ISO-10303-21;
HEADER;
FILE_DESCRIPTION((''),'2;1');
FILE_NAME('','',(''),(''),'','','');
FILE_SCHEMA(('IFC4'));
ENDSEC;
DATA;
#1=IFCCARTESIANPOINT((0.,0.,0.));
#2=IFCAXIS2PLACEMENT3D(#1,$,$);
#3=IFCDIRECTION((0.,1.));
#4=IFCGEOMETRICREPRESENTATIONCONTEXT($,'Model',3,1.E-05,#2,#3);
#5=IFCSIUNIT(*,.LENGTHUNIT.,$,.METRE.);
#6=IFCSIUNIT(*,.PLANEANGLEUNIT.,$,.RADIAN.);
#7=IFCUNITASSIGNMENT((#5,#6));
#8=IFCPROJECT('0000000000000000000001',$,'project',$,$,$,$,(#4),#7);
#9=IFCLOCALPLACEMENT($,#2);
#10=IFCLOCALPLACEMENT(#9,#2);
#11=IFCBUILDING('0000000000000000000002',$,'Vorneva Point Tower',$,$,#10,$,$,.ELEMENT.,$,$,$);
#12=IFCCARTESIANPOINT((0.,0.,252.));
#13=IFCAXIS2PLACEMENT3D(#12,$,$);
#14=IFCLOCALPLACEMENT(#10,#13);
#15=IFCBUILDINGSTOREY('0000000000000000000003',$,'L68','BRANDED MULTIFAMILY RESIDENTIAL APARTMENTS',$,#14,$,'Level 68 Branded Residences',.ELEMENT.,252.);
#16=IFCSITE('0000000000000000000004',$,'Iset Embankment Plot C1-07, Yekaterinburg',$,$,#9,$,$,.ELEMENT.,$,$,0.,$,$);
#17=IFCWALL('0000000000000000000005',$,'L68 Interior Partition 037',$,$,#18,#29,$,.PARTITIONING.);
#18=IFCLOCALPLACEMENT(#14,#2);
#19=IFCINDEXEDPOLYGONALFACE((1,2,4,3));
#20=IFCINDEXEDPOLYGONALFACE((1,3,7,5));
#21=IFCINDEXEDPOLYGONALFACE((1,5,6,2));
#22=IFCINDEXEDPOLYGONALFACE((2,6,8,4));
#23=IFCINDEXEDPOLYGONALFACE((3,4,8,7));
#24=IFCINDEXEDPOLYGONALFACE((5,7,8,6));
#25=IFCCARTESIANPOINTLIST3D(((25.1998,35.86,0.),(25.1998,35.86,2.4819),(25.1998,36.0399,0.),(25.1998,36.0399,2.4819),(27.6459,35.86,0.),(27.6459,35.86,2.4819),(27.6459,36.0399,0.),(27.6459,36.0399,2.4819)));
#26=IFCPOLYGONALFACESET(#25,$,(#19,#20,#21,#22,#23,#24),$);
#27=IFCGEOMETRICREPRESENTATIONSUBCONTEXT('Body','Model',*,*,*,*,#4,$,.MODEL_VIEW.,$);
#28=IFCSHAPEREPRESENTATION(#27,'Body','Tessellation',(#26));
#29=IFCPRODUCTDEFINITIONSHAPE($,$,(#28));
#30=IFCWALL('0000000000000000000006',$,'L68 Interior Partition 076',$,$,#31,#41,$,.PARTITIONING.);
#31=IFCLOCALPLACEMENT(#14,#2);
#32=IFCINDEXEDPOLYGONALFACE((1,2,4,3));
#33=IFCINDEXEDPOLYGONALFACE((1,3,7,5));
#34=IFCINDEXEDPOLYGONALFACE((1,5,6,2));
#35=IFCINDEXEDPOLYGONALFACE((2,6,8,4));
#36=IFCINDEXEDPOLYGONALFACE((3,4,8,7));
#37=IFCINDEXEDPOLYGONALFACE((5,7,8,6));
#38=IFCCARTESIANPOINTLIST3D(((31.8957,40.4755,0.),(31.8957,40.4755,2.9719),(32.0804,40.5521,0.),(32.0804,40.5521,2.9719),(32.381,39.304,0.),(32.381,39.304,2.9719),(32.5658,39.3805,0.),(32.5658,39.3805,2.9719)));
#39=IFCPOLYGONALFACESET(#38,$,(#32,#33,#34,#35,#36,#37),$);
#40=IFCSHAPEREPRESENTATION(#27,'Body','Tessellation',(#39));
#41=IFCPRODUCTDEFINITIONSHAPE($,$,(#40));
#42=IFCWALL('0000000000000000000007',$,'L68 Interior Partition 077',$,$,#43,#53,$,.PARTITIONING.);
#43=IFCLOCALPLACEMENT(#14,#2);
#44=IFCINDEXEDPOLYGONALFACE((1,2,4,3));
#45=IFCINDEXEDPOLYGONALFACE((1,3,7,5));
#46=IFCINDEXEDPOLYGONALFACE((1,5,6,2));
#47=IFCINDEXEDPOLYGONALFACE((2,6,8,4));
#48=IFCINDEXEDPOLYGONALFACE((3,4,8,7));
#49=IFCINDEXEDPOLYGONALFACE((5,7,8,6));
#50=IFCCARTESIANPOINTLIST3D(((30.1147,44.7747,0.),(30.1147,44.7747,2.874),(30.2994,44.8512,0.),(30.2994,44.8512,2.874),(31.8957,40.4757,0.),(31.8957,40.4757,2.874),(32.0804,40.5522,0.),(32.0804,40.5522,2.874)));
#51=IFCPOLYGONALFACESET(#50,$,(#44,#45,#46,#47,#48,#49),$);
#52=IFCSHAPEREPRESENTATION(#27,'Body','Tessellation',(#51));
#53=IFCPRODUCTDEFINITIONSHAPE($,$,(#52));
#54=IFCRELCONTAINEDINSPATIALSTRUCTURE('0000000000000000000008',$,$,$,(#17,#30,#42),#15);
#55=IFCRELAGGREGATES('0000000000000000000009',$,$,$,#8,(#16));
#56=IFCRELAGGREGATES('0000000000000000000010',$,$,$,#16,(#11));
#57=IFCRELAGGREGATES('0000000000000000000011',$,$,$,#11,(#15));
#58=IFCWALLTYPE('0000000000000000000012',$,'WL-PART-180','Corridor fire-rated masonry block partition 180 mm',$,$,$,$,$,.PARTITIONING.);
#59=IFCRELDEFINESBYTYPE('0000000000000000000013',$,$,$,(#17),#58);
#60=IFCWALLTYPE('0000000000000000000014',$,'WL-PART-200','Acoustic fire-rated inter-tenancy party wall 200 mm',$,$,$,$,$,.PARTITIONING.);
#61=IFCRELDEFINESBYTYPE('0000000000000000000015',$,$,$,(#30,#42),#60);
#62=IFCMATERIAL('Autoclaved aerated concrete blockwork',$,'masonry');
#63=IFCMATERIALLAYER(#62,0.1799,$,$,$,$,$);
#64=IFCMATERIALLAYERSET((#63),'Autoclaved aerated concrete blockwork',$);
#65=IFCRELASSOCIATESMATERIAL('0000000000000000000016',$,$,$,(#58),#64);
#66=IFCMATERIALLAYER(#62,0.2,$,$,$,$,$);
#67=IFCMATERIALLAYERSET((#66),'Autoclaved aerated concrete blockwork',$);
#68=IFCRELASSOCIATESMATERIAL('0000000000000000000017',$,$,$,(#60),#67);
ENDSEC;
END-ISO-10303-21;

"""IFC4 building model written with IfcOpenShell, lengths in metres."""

from ifc_helpers import new_model, si_unit, direction, frame, frame_2d, origin, place, context, subcontext, project, spatial, rectangle, extrude, material, layer, layer_set, type_object, element, save


model = new_model("IFC4")

# Units and contexts
model_context = context("Model", 3, precision=1e-05, world=origin(), true_north=direction((0.0, 1.0)))
body_context = subcontext(model_context, "Body", "Model", "MODEL_VIEW")
ifc_project = project(units=[si_unit("LENGTHUNIT", "METRE"), si_unit("PLANEANGLEUNIT", "RADIAN")], contexts=[model_context])

# Site, building, storey
site_placement = place(None, origin())
site = spatial("IfcSite", under=ifc_project, at=site_placement, Name="Iset Embankment Plot C1-07, Yekaterinburg", CompositionType="ELEMENT", RefElevation=0.0)
building_placement = place(site_placement, origin())
building = spatial("IfcBuilding", under=site, at=building_placement, Name="Vorneva Point Tower", CompositionType="ELEMENT")
storey_placement = place(building_placement, frame((0.0, 0.0, 252.0)))
storey = spatial("IfcBuildingStorey", under=building, at=storey_placement, Name="L68", Description="BRANDED MULTIFAMILY RESIDENTIAL APARTMENTS", LongName="Level 68 Branded Residences", CompositionType="ELEMENT", Elevation=252.0)

# Shared definitions
ifc_material_1 = material(Name="Autoclaved aerated concrete blockwork", Category="masonry")
ifc_layer_1 = layer(ifc_material_1, 0.1799)
ifc_layer_set_1 = layer_set([ifc_layer_1], Name="Autoclaved aerated concrete blockwork")
wall_type_1 = type_object("IfcWallType", Name="WL-PART-180", Description="Corridor fire-rated masonry block partition 180 mm", PredefinedType="PARTITIONING", material=ifc_layer_set_1)

# Walls
wall_1_placement = place(storey_placement, frame((27.646, 35.95, 0.0), z_axis=(0.0, 0.0, 1.0), x_axis=(-1.0, 0.0, 0.0)))
element("IfcWall", 1, at=wall_1_placement, inside=storey, type_object=wall_type_1, Name="L68 Interior Partition 037", PredefinedType="PARTITIONING", context=body_context, shape_type="SweptSolid", body=[
    extrude(rectangle(XDim=2.446, YDim=0.1799, at=frame_2d((1.2231, 0.0))), origin(), (0.0, 0.0, 1.0), 2.4819),
])
ifc_layer_2 = layer(ifc_material_1, 0.2)
ifc_layer_set_2 = layer_set([ifc_layer_2], Name="Autoclaved aerated concrete blockwork")
wall_type_2 = type_object("IfcWallType", Name="WL-PART-200", Description="Acoustic fire-rated inter-tenancy party wall 200 mm", PredefinedType="PARTITIONING", material=ifc_layer_set_2)
wall_2_placement = place(storey_placement, frame((32.4734, 39.3423, 0.0), z_axis=(0.0, 0.0, 1.0), x_axis=(-0.382715, 0.923867, 0.0)))
element("IfcWall", 2, at=wall_2_placement, inside=storey, type_object=wall_type_2, Name="L68 Interior Partition 076", PredefinedType="PARTITIONING", context=body_context, shape_type="SweptSolid", body=[
    extrude(rectangle(XDim=1.2681, YDim=0.2, at=frame_2d((0.634, 0.0))), origin(), (0.0, 0.0, 1.0), 2.9719),
])
wall_3_placement = place(storey_placement, frame((31.988, 40.5139, 0.0), z_axis=(0.0, 0.0, 1.0), x_axis=(-0.382733, 0.923859, 0.0)))
element("IfcWall", 3, at=wall_3_placement, inside=storey, type_object=wall_type_2, Name="L68 Interior Partition 077", PredefinedType="PARTITIONING", context=body_context, shape_type="SweptSolid", body=[
    extrude(rectangle(XDim=4.6533, YDim=0.2, at=frame_2d((2.3267, 0.0))), origin(), (0.0, 0.0, 1.0), 2.874),
])

save(model, "model.ifc")
